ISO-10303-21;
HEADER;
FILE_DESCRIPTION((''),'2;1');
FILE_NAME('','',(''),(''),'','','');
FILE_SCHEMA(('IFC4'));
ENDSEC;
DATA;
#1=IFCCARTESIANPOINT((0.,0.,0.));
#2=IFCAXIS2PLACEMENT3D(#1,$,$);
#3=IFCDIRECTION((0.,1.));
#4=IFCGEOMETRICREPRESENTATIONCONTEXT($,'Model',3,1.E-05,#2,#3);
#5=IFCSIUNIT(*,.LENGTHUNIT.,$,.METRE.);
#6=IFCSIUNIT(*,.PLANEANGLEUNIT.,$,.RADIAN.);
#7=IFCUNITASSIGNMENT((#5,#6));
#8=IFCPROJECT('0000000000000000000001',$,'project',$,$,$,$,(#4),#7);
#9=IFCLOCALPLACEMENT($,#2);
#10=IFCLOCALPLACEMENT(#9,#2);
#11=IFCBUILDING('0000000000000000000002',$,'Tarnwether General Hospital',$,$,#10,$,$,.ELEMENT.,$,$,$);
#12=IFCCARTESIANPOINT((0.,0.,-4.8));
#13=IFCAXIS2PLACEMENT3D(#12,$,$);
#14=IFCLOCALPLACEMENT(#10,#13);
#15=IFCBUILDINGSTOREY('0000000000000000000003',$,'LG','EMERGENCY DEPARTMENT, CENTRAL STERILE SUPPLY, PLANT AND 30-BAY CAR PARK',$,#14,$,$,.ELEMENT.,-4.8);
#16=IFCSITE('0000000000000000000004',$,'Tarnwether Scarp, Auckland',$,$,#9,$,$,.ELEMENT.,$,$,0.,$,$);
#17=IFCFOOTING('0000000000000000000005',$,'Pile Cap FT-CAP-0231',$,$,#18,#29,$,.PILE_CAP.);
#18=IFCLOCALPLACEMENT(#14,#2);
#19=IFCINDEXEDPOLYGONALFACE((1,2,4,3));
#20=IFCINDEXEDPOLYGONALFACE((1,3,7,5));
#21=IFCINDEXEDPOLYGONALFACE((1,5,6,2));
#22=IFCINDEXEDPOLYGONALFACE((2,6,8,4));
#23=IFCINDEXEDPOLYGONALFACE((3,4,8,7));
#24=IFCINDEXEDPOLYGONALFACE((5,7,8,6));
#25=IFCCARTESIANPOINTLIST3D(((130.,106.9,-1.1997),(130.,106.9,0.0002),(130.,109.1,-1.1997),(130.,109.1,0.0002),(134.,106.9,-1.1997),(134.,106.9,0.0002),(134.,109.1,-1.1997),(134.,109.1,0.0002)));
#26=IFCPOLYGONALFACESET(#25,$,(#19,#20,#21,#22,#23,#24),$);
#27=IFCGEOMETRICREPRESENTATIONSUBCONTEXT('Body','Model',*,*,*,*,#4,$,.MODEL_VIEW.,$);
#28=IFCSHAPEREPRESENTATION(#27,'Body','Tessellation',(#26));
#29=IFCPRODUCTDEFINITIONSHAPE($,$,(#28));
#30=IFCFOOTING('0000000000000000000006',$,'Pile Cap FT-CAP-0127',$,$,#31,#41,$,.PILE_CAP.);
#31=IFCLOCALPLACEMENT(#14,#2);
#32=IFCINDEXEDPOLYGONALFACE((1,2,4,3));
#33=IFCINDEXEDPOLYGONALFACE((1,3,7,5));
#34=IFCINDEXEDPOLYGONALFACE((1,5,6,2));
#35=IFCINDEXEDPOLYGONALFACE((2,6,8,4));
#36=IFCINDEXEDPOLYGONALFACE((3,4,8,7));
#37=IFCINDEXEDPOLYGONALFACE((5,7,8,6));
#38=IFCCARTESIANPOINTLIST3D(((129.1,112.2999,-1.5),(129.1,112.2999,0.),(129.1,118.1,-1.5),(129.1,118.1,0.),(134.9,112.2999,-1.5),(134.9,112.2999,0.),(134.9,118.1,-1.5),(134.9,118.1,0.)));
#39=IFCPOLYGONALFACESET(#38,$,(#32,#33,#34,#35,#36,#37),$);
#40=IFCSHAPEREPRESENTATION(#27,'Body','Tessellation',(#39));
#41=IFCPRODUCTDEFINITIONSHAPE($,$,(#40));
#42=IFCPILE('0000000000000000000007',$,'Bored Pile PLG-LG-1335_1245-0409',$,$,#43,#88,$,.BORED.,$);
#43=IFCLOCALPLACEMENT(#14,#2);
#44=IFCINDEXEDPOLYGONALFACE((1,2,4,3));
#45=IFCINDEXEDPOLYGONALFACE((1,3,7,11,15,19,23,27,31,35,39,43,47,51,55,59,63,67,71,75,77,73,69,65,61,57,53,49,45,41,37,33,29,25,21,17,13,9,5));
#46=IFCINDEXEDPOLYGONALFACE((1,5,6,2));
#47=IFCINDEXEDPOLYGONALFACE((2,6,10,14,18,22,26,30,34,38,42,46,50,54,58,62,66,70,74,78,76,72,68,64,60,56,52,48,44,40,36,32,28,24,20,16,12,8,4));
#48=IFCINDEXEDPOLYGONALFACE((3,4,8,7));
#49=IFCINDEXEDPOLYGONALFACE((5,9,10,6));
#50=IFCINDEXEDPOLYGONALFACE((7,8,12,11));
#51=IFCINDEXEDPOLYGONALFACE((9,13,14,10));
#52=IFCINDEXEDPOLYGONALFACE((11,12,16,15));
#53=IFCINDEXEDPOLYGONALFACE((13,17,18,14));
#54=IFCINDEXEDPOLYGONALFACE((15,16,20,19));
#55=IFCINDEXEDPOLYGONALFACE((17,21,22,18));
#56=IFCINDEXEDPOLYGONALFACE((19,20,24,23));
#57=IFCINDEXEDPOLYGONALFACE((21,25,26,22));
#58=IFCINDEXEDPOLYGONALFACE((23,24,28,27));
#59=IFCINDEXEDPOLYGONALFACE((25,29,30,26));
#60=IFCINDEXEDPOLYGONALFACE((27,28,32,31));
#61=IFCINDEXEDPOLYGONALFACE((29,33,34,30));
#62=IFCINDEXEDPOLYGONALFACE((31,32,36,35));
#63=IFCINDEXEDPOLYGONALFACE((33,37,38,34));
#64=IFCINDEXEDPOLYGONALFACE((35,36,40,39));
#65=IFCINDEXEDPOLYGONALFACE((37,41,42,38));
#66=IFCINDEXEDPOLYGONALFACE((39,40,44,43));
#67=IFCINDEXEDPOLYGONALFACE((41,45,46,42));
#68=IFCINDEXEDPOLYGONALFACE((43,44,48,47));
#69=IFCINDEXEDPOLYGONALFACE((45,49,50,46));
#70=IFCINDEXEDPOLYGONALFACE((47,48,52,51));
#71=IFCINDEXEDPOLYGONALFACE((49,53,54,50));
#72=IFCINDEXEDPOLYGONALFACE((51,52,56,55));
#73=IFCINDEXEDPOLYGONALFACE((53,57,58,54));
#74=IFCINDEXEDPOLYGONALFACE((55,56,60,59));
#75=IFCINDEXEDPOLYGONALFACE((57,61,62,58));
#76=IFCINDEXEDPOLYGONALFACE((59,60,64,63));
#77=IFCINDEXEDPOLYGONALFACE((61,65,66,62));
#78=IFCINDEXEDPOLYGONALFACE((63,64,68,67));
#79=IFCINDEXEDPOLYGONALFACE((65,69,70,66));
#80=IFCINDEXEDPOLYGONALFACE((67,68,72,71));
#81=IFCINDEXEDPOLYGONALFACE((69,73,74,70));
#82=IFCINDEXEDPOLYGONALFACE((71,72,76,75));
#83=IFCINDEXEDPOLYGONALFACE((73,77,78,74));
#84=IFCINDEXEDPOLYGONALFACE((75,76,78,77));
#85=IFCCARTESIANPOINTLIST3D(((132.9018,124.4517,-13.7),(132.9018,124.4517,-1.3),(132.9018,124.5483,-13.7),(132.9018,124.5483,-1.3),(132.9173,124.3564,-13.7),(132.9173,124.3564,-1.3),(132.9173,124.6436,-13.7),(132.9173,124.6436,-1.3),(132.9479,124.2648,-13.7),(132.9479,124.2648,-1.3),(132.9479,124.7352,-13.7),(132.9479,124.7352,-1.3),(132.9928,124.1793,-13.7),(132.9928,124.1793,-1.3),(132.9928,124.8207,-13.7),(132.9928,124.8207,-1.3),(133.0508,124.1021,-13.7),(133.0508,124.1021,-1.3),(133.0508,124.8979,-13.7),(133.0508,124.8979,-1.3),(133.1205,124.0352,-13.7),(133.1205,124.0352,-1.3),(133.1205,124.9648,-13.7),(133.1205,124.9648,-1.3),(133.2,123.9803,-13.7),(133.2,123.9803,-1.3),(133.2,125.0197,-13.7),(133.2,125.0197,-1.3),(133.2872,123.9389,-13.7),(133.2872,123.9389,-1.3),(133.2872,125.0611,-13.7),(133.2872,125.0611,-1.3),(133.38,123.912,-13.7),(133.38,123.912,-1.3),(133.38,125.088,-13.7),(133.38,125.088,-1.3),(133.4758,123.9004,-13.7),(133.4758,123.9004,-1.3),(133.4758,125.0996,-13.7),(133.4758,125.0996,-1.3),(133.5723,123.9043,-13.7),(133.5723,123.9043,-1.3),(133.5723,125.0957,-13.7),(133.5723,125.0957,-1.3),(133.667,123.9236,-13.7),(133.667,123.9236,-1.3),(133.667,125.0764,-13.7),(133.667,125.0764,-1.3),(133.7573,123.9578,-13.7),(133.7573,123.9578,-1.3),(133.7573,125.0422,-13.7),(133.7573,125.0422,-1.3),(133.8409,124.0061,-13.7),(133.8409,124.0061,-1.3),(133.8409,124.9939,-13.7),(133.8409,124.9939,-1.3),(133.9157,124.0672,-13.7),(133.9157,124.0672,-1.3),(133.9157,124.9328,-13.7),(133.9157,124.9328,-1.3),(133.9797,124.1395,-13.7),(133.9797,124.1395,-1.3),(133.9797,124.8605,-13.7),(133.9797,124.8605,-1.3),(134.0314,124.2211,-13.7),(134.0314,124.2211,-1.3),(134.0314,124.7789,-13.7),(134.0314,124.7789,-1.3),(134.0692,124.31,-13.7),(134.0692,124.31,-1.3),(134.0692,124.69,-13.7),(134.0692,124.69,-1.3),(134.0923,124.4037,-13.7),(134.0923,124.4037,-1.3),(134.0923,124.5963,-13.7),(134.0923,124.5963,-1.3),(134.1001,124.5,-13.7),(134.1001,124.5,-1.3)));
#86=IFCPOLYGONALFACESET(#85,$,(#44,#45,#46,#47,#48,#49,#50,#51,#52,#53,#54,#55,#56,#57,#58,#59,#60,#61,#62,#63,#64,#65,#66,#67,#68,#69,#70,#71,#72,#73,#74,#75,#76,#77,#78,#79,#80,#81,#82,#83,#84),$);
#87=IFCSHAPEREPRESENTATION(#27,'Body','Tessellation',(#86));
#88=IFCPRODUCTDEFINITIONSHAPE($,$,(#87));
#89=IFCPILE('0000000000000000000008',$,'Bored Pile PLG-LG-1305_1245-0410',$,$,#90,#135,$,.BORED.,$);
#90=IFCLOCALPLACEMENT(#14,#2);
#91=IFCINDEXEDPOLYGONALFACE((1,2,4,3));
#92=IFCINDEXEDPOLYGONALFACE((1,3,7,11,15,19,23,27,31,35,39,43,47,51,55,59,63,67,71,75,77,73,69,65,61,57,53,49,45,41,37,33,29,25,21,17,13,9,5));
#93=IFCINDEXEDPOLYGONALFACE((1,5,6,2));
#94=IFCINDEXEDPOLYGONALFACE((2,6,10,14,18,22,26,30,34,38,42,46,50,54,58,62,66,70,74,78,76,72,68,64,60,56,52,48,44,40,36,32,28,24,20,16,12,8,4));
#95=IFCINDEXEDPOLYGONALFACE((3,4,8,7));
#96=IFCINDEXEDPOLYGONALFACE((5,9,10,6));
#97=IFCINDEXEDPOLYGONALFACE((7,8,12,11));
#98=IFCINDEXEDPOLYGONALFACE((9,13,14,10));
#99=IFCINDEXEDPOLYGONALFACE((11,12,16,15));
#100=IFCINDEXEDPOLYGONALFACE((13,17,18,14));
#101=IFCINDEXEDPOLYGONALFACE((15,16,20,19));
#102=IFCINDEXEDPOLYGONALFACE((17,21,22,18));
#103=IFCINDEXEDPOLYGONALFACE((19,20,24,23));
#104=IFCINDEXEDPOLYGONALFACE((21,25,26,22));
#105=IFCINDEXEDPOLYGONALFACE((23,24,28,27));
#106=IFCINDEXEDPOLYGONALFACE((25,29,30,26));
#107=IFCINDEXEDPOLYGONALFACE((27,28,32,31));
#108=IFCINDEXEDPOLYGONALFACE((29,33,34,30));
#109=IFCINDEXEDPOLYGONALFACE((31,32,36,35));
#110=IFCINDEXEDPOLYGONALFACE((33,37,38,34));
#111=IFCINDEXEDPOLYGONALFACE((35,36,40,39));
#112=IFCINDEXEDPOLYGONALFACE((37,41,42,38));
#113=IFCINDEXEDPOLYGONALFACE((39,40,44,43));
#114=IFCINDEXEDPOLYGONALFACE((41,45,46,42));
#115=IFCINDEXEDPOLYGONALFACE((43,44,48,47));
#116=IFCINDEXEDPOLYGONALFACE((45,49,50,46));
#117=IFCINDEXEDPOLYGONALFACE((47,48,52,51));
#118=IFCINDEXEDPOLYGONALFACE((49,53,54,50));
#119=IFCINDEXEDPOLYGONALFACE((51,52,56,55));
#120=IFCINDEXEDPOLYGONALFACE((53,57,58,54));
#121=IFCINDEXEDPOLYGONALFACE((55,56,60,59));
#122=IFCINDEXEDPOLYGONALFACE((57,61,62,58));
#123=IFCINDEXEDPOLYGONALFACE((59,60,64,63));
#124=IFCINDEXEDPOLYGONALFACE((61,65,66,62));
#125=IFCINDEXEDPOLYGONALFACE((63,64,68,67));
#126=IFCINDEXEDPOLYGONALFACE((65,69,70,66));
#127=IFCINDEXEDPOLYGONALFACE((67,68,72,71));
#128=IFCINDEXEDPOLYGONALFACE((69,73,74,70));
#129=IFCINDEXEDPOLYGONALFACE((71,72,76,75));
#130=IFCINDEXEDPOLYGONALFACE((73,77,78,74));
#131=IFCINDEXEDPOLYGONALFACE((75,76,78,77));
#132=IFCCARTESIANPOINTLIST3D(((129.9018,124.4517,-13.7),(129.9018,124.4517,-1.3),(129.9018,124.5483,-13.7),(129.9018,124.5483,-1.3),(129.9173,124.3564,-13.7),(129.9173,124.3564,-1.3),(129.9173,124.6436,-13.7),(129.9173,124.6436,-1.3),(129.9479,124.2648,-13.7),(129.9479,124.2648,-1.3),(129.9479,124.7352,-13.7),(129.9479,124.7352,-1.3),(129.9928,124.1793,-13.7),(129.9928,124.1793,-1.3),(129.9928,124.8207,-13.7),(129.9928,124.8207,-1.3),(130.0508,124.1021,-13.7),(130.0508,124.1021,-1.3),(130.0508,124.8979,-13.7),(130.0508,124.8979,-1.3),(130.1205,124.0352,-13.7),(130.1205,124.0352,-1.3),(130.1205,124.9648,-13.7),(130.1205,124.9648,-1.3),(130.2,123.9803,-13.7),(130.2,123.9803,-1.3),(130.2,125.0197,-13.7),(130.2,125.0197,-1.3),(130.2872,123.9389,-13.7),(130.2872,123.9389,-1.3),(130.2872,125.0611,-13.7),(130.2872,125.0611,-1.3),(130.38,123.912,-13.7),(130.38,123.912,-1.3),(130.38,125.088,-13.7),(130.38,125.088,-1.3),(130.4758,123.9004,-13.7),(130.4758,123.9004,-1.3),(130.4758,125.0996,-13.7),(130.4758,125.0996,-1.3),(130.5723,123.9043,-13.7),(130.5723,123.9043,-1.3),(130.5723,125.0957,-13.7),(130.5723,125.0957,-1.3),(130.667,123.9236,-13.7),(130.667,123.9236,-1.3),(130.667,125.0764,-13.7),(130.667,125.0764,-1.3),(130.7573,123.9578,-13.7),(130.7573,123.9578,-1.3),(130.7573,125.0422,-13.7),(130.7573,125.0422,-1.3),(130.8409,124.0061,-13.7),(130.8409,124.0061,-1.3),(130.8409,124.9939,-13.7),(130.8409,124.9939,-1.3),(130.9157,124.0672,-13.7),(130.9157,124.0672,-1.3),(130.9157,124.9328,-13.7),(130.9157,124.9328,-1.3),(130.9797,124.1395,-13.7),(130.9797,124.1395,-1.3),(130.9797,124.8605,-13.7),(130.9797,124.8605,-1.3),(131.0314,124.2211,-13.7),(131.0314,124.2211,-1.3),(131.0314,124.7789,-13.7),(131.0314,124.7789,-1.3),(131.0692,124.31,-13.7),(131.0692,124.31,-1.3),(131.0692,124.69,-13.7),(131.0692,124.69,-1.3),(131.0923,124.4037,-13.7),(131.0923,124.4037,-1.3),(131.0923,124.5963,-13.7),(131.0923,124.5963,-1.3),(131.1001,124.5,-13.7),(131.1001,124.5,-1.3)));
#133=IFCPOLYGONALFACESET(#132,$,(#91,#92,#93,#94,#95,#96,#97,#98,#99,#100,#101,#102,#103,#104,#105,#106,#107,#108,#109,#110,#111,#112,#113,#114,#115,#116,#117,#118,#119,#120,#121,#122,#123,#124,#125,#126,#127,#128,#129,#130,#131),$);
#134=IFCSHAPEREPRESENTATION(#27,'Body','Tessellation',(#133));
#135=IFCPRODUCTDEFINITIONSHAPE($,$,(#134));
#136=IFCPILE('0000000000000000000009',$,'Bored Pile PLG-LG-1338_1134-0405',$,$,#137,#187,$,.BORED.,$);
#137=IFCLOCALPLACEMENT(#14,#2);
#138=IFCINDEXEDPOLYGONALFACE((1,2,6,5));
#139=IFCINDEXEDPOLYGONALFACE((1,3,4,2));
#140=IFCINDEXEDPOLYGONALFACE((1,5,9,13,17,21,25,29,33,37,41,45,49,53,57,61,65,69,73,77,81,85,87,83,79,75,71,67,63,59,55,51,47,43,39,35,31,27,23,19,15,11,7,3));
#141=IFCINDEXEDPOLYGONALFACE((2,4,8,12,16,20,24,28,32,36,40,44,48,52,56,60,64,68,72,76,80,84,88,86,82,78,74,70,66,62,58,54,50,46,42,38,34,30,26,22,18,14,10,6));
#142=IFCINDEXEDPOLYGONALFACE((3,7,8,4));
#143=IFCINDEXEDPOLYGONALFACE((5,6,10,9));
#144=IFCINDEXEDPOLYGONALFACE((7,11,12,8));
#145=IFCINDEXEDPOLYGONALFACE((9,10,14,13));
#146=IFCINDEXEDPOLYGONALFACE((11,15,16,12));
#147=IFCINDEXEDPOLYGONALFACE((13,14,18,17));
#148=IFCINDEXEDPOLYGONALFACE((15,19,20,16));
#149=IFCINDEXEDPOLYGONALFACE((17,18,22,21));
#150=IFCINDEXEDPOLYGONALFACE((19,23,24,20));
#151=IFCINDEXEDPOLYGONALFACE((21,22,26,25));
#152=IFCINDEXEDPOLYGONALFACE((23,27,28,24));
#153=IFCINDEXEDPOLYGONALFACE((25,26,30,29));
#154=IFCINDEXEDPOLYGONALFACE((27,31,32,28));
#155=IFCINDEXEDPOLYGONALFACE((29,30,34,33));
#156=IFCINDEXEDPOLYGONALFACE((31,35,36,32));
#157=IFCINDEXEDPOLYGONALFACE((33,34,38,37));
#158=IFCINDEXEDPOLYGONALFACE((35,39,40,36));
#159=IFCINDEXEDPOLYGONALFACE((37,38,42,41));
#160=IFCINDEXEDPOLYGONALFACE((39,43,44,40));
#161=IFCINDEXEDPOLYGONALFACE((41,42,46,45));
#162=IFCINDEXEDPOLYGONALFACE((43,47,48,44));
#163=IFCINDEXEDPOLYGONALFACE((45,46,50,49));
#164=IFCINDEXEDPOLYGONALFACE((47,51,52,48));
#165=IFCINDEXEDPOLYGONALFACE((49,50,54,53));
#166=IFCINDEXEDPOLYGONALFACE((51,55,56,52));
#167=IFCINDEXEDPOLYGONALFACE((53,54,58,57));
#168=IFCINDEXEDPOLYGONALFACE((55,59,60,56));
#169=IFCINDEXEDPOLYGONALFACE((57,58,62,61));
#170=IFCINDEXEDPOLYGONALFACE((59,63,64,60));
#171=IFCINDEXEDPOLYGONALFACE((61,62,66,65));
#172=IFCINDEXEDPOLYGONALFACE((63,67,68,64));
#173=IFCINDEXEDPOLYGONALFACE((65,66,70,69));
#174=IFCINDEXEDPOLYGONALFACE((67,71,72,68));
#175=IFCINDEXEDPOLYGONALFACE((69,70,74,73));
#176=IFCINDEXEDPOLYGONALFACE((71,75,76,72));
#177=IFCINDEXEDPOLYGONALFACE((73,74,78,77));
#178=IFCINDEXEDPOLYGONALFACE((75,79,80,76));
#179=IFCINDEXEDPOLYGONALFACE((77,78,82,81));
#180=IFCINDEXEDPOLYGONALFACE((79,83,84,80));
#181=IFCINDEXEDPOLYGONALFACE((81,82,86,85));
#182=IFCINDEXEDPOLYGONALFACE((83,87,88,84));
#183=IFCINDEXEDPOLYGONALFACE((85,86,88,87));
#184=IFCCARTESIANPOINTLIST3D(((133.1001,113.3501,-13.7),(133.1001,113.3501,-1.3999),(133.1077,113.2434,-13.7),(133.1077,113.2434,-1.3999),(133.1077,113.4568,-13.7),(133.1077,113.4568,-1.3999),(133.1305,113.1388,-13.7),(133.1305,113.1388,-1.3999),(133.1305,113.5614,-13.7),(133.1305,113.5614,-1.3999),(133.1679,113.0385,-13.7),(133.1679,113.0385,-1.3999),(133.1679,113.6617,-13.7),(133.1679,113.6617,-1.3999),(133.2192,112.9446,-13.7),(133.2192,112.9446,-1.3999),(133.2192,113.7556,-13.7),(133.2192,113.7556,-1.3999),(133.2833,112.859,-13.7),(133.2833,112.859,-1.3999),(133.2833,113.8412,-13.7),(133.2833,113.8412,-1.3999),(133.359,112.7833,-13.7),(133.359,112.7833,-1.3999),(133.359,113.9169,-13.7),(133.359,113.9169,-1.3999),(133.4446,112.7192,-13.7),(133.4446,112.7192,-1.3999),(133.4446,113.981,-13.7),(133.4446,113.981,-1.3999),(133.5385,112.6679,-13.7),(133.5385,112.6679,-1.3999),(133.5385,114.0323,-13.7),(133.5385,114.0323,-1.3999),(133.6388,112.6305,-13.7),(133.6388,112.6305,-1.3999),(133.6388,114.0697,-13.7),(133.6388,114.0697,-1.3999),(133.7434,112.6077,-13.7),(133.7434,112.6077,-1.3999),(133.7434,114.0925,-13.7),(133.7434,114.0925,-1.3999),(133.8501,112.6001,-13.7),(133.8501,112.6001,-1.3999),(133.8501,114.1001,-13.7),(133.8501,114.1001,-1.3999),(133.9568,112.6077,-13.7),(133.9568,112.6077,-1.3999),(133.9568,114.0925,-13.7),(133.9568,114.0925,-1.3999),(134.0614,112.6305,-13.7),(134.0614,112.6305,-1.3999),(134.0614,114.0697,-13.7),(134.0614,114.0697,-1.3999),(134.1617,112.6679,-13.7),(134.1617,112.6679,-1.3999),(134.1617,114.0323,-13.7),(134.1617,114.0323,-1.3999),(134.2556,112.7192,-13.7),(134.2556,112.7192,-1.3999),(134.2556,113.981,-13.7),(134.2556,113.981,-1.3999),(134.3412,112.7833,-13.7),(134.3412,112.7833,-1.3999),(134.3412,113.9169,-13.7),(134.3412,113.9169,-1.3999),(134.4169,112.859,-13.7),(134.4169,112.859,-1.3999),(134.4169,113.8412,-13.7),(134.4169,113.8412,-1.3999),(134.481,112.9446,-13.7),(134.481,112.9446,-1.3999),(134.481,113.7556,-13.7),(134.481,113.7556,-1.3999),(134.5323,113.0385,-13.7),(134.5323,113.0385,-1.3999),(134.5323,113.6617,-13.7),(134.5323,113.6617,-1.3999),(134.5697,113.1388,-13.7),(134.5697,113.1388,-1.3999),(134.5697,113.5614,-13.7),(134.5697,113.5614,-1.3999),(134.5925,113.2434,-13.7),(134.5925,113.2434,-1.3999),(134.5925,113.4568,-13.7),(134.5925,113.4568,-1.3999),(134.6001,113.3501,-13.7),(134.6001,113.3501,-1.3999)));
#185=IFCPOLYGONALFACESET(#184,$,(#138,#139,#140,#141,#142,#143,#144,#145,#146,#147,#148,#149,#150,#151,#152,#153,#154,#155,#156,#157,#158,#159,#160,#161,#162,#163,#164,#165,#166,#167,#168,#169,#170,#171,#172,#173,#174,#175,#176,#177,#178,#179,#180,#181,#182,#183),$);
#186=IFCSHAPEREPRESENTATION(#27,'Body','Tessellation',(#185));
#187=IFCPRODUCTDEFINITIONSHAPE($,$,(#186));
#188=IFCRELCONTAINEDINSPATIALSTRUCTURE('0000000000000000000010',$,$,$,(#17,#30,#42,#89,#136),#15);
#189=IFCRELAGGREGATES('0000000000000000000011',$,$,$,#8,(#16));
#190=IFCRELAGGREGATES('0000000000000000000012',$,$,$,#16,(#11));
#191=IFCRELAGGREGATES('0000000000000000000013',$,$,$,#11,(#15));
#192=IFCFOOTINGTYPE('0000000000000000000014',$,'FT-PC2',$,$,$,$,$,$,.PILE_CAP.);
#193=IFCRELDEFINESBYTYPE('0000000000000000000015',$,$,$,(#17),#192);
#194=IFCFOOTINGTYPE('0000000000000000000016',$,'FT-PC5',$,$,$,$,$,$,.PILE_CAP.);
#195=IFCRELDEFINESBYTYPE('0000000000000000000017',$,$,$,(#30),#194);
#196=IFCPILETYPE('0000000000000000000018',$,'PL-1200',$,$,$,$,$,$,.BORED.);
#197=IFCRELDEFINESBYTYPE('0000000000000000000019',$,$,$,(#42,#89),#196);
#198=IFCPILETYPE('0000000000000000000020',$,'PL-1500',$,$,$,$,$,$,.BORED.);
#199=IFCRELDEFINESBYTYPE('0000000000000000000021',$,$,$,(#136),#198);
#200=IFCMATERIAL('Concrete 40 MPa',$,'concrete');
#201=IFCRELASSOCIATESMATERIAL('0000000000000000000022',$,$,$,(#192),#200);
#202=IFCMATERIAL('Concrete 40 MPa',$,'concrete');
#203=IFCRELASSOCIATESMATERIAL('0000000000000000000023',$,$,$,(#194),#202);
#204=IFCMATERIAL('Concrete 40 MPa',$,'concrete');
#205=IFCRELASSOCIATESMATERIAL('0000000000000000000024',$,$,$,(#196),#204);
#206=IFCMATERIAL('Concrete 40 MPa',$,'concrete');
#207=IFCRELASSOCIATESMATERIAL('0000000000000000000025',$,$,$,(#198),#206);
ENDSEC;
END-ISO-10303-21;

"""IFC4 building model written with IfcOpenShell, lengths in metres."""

from ifc_helpers import new_model, si_unit, direction, frame, origin, origin_2d, place, context, subcontext, project, spatial, rectangle, circle, extrude, material, material_profile, profile_set, type_object, element, save


model = new_model("IFC4")

# Units and contexts
model_context = context("Model", 3, precision=1e-05, world=origin(), true_north=direction((0.0, 1.0)))
body_context = subcontext(model_context, "Body", "Model", "MODEL_VIEW")
ifc_project = project(units=[si_unit("LENGTHUNIT", "METRE"), si_unit("PLANEANGLEUNIT", "RADIAN")], contexts=[model_context])

# Site, building, storey
site_placement = place(None, origin())
site = spatial("IfcSite", under=ifc_project, at=site_placement, Name="Tarnwether Scarp, Auckland", CompositionType="ELEMENT", RefElevation=0.0)
building_placement = place(site_placement, origin())
building = spatial("IfcBuilding", under=site, at=building_placement, Name="Tarnwether General Hospital", CompositionType="ELEMENT")
storey_placement = place(building_placement, frame((0.0, 0.0, -4.8)))
storey = spatial("IfcBuildingStorey", under=building, at=storey_placement, Name="LG", Description="EMERGENCY DEPARTMENT, CENTRAL STERILE SUPPLY, PLANT AND 30-BAY CAR PARK", CompositionType="ELEMENT", Elevation=-4.8)

# Footings
ifc_material_1 = material(Name="Concrete 40 MPa", Category="concrete")
footing_type_1 = type_object("IfcFootingType", Name="FT-PC2", PredefinedType="PILE_CAP", material=ifc_material_1)
footing_1_placement = place(storey_placement, frame((132.0, 108.0, -1.1997), z_axis=(0.0, 0.0, 1.0), x_axis=(1.0, 0.0, 0.0)))
element("IfcFooting", 1, at=footing_1_placement, inside=storey, type_object=footing_type_1, Name="Pile Cap FT-CAP-0231", PredefinedType="PILE_CAP", context=body_context, shape_type="SweptSolid", body=[
    extrude(rectangle(XDim=4.0, YDim=2.2, at=origin_2d()), origin(), (0.0, 0.0, 1.0), 1.2),
])
ifc_material_2 = material(Name="Concrete 40 MPa", Category="concrete")
footing_type_2 = type_object("IfcFootingType", Name="FT-PC5", PredefinedType="PILE_CAP", material=ifc_material_2)
footing_2_placement = place(storey_placement, frame((132.0, 115.2, -1.5), z_axis=(0.0, 0.0, 1.0), x_axis=(0.0, 1.0, 0.0)))
element("IfcFooting", 2, at=footing_2_placement, inside=storey, type_object=footing_type_2, Name="Pile Cap FT-CAP-0127", PredefinedType="PILE_CAP", context=body_context, shape_type="SweptSolid", body=[
    extrude(rectangle(XDim=5.8, YDim=5.8, at=origin_2d()), origin(), (0.0, 0.0, 1.0), 1.5),
])

# Piles
ifc_material_3 = material(Name="Concrete 40 MPa", Category="concrete")
ifc_material_profile_1 = material_profile(ifc_material_3, circle(Radius=0.6001, at=origin_2d()), Name="PILE-D1200")
ifc_profile_set_1 = profile_set([ifc_material_profile_1], Name="Concrete 40 MPa")
pile_type_1 = type_object("IfcPileType", Name="PL-1200", PredefinedType="BORED", material=ifc_profile_set_1)
for number, where, z_axis, x_axis, name in (
    (3, (133.5, 124.5, -1.3), (0.0, 0.0, -1.0), (1.0, 0.0, 0.0), "Bored Pile PLG-LG-1335_1245-0409"),
    (4, (130.5, 124.5, -1.3), (0.0, 0.0, -1.0), (1.0, 0.0, 0.0), "Bored Pile PLG-LG-1305_1245-0410"),
):
    element("IfcPile", number, at=place(storey_placement, frame(where, z_axis=z_axis, x_axis=x_axis)), inside=storey, type_object=pile_type_1, Name=name, PredefinedType="BORED", context=body_context, shape_type="SweptSolid", body=[
        extrude(circle(Radius=0.6001, at=origin_2d()), origin(), (0.0, 0.0, 1.0), 12.3999),
    ])
ifc_material_4 = material(Name="Concrete 40 MPa", Category="concrete")
ifc_material_profile_2 = material_profile(ifc_material_4, circle(Radius=0.75, at=origin_2d()), Name="PILE-D1500")
ifc_profile_set_2 = profile_set([ifc_material_profile_2], Name="Concrete 40 MPa")
pile_type_2 = type_object("IfcPileType", Name="PL-1500", PredefinedType="BORED", material=ifc_profile_set_2)
for number, where, z_axis, x_axis, name in (
    (5, (133.8501, 113.3501, -1.3999), (0.0, 0.0, -1.0), (1.0, 0.0, 0.0), "Bored Pile PLG-LG-1338_1134-0405"),
):
    element("IfcPile", number, at=place(storey_placement, frame(where, z_axis=z_axis, x_axis=x_axis)), inside=storey, type_object=pile_type_2, Name=name, PredefinedType="BORED", context=body_context, shape_type="SweptSolid", body=[
        extrude(circle(Radius=0.75, at=origin_2d()), origin(), (0.0, 0.0, 1.0), 12.3),
    ])

save(model, "model.ifc")
